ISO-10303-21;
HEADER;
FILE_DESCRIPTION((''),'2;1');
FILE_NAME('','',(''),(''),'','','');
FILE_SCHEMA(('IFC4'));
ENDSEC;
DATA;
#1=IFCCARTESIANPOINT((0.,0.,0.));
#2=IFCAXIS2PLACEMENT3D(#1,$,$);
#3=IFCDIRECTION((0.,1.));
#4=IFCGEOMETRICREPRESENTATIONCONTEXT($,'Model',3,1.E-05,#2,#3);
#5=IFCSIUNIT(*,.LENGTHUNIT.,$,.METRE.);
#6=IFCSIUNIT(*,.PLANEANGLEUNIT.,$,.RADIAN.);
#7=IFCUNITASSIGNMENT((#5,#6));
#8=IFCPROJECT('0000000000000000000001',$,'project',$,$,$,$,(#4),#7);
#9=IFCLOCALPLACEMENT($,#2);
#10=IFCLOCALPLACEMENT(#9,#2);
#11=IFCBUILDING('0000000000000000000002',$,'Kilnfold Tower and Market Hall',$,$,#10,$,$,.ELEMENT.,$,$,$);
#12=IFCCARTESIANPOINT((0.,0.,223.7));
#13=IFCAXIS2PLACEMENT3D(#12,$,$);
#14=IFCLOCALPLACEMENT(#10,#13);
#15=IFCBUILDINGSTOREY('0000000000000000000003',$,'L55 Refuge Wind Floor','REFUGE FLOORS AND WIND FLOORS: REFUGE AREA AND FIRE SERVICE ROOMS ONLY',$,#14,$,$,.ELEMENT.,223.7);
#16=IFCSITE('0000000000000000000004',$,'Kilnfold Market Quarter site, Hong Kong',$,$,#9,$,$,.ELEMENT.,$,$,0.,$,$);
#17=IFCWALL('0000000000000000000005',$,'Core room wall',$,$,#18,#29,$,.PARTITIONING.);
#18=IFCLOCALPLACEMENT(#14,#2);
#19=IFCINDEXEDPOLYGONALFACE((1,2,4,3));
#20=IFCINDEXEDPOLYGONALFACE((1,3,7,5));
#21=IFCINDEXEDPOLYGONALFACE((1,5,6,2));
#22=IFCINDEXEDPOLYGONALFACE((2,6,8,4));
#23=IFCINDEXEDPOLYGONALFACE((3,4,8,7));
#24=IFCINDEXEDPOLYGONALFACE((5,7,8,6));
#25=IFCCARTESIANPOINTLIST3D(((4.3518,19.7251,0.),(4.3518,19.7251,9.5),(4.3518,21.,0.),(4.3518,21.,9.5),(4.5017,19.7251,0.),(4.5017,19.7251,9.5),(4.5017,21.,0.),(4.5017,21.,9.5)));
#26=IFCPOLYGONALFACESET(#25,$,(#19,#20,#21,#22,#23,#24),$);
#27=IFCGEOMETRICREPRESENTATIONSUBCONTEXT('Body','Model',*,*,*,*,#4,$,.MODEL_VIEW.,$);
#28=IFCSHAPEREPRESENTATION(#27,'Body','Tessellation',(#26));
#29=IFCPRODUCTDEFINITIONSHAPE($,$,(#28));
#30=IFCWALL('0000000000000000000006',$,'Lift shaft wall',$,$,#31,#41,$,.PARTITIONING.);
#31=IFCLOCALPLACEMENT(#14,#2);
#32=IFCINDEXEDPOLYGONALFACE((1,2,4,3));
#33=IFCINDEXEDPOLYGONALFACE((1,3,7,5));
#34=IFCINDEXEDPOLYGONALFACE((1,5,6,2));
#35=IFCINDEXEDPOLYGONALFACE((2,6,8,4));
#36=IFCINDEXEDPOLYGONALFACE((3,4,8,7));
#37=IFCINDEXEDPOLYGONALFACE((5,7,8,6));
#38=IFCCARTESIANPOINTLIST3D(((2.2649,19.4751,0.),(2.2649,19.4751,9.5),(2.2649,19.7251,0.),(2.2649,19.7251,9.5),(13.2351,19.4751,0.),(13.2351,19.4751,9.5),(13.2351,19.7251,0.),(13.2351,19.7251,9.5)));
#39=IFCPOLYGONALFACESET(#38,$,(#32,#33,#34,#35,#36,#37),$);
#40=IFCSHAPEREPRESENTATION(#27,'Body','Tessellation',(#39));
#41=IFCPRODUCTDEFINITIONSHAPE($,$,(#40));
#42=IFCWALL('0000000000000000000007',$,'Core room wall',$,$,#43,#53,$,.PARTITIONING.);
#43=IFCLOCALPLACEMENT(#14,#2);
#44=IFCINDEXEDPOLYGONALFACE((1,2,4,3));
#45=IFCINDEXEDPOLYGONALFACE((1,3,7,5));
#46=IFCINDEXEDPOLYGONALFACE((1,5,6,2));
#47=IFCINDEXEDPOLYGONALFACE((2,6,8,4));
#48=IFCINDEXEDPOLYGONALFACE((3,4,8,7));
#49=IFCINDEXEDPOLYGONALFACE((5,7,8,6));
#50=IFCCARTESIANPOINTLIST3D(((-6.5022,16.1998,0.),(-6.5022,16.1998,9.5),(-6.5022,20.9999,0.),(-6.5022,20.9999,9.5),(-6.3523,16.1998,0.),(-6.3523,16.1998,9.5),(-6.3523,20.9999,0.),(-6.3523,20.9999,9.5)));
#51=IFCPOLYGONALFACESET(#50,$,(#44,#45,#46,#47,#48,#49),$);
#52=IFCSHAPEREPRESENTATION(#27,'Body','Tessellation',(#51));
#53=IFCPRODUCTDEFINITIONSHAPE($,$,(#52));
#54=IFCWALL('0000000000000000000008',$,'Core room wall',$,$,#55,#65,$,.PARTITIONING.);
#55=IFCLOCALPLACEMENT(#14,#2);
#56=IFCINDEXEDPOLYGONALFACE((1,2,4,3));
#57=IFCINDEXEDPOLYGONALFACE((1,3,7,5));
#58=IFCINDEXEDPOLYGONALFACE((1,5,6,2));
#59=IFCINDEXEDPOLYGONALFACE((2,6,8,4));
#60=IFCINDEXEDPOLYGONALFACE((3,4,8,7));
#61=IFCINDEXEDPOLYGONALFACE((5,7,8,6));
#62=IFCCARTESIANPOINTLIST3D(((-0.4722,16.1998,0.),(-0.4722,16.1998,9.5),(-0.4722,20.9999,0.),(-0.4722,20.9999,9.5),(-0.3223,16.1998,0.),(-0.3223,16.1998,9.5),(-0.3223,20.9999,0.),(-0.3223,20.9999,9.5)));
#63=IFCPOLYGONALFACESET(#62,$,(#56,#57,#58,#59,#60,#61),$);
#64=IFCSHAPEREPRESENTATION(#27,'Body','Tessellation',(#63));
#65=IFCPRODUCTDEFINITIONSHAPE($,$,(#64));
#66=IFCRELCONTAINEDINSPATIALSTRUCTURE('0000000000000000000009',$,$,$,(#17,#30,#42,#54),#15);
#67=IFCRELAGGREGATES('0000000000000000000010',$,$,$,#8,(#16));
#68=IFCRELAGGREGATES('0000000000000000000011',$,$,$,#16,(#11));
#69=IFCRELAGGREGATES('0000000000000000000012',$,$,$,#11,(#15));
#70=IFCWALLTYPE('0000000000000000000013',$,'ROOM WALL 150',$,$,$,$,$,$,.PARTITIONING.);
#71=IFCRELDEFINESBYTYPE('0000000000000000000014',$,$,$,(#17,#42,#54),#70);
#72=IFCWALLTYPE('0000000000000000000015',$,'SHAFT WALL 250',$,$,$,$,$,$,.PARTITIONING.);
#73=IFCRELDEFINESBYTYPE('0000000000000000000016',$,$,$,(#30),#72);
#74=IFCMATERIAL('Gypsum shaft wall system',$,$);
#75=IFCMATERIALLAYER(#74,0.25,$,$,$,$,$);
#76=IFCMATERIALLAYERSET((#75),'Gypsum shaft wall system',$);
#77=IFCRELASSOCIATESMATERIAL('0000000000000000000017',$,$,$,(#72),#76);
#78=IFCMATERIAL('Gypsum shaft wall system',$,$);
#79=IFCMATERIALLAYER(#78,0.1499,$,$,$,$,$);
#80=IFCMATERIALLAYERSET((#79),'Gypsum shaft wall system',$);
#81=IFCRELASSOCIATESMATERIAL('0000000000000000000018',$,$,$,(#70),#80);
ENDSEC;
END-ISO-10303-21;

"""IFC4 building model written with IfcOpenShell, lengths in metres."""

from ifc_helpers import new_model, si_unit, direction, frame, frame_2d, origin, place, context, subcontext, project, spatial, rectangle, extrude, source, transform, mapped, material, layer, layer_set, type_object, element, save


model = new_model("IFC4")

# Units and contexts
model_context = context("Model", 3, precision=1e-05, world=origin(), true_north=direction((0.0, 1.0)))
body_context = subcontext(model_context, "Body", "Model", "MODEL_VIEW")
ifc_project = project(units=[si_unit("LENGTHUNIT", "METRE"), si_unit("PLANEANGLEUNIT", "RADIAN")], contexts=[model_context])

# Site, building, storey
site_placement = place(None, origin())
site = spatial("IfcSite", under=ifc_project, at=site_placement, Name="Kilnfold Market Quarter site, Hong Kong", CompositionType="ELEMENT", RefElevation=0.0)
building_placement = place(site_placement, origin())
building = spatial("IfcBuilding", under=site, at=building_placement, Name="Kilnfold Tower and Market Hall", CompositionType="ELEMENT")
storey_placement = place(building_placement, frame((0.0, 0.0, 223.7)))
storey = spatial("IfcBuildingStorey", under=building, at=storey_placement, Name="L55 Refuge Wind Floor", Description="REFUGE FLOORS AND WIND FLOORS: REFUGE AREA AND FIRE SERVICE ROOMS ONLY", CompositionType="ELEMENT", Elevation=223.7)

# Walls
ifc_material_1 = material(Name="Gypsum shaft wall system")
ifc_layer_1 = layer(ifc_material_1, 0.25)
ifc_layer_set_1 = layer_set([ifc_layer_1], Name="Gypsum shaft wall system")
wall_type_1 = type_object("IfcWallType", Name="SHAFT WALL 250", PredefinedType="PARTITIONING", material=ifc_layer_set_1)
ifc_material_2 = material(Name="Gypsum shaft wall system")
ifc_layer_2 = layer(ifc_material_2, 0.1499)
ifc_layer_set_2 = layer_set([ifc_layer_2], Name="Gypsum shaft wall system")
wall_type_2 = type_object("IfcWallType", Name="ROOM WALL 150", PredefinedType="PARTITIONING", material=ifc_layer_set_2)
shared_shape_1 = source(origin(), body_context, "Body", "SweptSolid", [
    extrude(rectangle(XDim=1.2749, YDim=0.1499, at=frame_2d((0.6375, 0.0))), origin(), (0.0, 0.0, 1.0), 9.5),
])
for number, where, z_axis, x_axis, name in (
    (1, (4.4268, 19.7251, 0.0), (0.0, 0.0, 1.0), (0.0, 1.0, 0.0), "Core room wall"),
):
    element("IfcWall", number, at=place(storey_placement, frame(where, z_axis=z_axis, x_axis=x_axis)), inside=storey, type_object=wall_type_2, Name=name, PredefinedType="PARTITIONING", context=body_context, shape_type="MappedRepresentation", body=[
        mapped(shared_shape_1, transform((0.0, 0.0, 0.0))),
    ])
shared_shape_2 = source(origin(), body_context, "Body", "SweptSolid", [
    extrude(rectangle(XDim=10.9702, YDim=0.25, at=frame_2d((5.4851, 0.0))), origin(), (0.0, 0.0, 1.0), 9.5),
])
wall_1_placement = place(storey_placement, frame((2.2649, 19.6001, 0.0), z_axis=(0.0, 0.0, 1.0), x_axis=(1.0, 0.0, 0.0)))
element("IfcWall", 2, at=wall_1_placement, inside=storey, type_object=wall_type_1, Name="Lift shaft wall", PredefinedType="PARTITIONING", context=body_context, shape_type="MappedRepresentation", body=[
    mapped(shared_shape_2, transform((0.0, 0.0, 0.0))),
])
shared_shape_3 = source(origin(), body_context, "Body", "SweptSolid", [
    extrude(rectangle(XDim=4.8, YDim=0.1499, at=frame_2d((2.3999, 0.0))), origin(), (0.0, 0.0, 1.0), 9.5),
])
for number, where, z_axis, x_axis, name in (
    (3, (-6.4272, 16.2, 0.0), (0.0, 0.0, 1.0), (0.0, 1.0, 0.0), "Core room wall"),
    (4, (-0.3972, 16.2, 0.0), (0.0, 0.0, 1.0), (0.0, 1.0, 0.0), "Core room wall"),
):
    element("IfcWall", number, at=place(storey_placement, frame(where, z_axis=z_axis, x_axis=x_axis)), inside=storey, type_object=wall_type_2, Name=name, PredefinedType="PARTITIONING", context=body_context, shape_type="MappedRepresentation", body=[
        mapped(shared_shape_3, transform((0.0, 0.0, 0.0))),
    ])

save(model, "model.ifc")
